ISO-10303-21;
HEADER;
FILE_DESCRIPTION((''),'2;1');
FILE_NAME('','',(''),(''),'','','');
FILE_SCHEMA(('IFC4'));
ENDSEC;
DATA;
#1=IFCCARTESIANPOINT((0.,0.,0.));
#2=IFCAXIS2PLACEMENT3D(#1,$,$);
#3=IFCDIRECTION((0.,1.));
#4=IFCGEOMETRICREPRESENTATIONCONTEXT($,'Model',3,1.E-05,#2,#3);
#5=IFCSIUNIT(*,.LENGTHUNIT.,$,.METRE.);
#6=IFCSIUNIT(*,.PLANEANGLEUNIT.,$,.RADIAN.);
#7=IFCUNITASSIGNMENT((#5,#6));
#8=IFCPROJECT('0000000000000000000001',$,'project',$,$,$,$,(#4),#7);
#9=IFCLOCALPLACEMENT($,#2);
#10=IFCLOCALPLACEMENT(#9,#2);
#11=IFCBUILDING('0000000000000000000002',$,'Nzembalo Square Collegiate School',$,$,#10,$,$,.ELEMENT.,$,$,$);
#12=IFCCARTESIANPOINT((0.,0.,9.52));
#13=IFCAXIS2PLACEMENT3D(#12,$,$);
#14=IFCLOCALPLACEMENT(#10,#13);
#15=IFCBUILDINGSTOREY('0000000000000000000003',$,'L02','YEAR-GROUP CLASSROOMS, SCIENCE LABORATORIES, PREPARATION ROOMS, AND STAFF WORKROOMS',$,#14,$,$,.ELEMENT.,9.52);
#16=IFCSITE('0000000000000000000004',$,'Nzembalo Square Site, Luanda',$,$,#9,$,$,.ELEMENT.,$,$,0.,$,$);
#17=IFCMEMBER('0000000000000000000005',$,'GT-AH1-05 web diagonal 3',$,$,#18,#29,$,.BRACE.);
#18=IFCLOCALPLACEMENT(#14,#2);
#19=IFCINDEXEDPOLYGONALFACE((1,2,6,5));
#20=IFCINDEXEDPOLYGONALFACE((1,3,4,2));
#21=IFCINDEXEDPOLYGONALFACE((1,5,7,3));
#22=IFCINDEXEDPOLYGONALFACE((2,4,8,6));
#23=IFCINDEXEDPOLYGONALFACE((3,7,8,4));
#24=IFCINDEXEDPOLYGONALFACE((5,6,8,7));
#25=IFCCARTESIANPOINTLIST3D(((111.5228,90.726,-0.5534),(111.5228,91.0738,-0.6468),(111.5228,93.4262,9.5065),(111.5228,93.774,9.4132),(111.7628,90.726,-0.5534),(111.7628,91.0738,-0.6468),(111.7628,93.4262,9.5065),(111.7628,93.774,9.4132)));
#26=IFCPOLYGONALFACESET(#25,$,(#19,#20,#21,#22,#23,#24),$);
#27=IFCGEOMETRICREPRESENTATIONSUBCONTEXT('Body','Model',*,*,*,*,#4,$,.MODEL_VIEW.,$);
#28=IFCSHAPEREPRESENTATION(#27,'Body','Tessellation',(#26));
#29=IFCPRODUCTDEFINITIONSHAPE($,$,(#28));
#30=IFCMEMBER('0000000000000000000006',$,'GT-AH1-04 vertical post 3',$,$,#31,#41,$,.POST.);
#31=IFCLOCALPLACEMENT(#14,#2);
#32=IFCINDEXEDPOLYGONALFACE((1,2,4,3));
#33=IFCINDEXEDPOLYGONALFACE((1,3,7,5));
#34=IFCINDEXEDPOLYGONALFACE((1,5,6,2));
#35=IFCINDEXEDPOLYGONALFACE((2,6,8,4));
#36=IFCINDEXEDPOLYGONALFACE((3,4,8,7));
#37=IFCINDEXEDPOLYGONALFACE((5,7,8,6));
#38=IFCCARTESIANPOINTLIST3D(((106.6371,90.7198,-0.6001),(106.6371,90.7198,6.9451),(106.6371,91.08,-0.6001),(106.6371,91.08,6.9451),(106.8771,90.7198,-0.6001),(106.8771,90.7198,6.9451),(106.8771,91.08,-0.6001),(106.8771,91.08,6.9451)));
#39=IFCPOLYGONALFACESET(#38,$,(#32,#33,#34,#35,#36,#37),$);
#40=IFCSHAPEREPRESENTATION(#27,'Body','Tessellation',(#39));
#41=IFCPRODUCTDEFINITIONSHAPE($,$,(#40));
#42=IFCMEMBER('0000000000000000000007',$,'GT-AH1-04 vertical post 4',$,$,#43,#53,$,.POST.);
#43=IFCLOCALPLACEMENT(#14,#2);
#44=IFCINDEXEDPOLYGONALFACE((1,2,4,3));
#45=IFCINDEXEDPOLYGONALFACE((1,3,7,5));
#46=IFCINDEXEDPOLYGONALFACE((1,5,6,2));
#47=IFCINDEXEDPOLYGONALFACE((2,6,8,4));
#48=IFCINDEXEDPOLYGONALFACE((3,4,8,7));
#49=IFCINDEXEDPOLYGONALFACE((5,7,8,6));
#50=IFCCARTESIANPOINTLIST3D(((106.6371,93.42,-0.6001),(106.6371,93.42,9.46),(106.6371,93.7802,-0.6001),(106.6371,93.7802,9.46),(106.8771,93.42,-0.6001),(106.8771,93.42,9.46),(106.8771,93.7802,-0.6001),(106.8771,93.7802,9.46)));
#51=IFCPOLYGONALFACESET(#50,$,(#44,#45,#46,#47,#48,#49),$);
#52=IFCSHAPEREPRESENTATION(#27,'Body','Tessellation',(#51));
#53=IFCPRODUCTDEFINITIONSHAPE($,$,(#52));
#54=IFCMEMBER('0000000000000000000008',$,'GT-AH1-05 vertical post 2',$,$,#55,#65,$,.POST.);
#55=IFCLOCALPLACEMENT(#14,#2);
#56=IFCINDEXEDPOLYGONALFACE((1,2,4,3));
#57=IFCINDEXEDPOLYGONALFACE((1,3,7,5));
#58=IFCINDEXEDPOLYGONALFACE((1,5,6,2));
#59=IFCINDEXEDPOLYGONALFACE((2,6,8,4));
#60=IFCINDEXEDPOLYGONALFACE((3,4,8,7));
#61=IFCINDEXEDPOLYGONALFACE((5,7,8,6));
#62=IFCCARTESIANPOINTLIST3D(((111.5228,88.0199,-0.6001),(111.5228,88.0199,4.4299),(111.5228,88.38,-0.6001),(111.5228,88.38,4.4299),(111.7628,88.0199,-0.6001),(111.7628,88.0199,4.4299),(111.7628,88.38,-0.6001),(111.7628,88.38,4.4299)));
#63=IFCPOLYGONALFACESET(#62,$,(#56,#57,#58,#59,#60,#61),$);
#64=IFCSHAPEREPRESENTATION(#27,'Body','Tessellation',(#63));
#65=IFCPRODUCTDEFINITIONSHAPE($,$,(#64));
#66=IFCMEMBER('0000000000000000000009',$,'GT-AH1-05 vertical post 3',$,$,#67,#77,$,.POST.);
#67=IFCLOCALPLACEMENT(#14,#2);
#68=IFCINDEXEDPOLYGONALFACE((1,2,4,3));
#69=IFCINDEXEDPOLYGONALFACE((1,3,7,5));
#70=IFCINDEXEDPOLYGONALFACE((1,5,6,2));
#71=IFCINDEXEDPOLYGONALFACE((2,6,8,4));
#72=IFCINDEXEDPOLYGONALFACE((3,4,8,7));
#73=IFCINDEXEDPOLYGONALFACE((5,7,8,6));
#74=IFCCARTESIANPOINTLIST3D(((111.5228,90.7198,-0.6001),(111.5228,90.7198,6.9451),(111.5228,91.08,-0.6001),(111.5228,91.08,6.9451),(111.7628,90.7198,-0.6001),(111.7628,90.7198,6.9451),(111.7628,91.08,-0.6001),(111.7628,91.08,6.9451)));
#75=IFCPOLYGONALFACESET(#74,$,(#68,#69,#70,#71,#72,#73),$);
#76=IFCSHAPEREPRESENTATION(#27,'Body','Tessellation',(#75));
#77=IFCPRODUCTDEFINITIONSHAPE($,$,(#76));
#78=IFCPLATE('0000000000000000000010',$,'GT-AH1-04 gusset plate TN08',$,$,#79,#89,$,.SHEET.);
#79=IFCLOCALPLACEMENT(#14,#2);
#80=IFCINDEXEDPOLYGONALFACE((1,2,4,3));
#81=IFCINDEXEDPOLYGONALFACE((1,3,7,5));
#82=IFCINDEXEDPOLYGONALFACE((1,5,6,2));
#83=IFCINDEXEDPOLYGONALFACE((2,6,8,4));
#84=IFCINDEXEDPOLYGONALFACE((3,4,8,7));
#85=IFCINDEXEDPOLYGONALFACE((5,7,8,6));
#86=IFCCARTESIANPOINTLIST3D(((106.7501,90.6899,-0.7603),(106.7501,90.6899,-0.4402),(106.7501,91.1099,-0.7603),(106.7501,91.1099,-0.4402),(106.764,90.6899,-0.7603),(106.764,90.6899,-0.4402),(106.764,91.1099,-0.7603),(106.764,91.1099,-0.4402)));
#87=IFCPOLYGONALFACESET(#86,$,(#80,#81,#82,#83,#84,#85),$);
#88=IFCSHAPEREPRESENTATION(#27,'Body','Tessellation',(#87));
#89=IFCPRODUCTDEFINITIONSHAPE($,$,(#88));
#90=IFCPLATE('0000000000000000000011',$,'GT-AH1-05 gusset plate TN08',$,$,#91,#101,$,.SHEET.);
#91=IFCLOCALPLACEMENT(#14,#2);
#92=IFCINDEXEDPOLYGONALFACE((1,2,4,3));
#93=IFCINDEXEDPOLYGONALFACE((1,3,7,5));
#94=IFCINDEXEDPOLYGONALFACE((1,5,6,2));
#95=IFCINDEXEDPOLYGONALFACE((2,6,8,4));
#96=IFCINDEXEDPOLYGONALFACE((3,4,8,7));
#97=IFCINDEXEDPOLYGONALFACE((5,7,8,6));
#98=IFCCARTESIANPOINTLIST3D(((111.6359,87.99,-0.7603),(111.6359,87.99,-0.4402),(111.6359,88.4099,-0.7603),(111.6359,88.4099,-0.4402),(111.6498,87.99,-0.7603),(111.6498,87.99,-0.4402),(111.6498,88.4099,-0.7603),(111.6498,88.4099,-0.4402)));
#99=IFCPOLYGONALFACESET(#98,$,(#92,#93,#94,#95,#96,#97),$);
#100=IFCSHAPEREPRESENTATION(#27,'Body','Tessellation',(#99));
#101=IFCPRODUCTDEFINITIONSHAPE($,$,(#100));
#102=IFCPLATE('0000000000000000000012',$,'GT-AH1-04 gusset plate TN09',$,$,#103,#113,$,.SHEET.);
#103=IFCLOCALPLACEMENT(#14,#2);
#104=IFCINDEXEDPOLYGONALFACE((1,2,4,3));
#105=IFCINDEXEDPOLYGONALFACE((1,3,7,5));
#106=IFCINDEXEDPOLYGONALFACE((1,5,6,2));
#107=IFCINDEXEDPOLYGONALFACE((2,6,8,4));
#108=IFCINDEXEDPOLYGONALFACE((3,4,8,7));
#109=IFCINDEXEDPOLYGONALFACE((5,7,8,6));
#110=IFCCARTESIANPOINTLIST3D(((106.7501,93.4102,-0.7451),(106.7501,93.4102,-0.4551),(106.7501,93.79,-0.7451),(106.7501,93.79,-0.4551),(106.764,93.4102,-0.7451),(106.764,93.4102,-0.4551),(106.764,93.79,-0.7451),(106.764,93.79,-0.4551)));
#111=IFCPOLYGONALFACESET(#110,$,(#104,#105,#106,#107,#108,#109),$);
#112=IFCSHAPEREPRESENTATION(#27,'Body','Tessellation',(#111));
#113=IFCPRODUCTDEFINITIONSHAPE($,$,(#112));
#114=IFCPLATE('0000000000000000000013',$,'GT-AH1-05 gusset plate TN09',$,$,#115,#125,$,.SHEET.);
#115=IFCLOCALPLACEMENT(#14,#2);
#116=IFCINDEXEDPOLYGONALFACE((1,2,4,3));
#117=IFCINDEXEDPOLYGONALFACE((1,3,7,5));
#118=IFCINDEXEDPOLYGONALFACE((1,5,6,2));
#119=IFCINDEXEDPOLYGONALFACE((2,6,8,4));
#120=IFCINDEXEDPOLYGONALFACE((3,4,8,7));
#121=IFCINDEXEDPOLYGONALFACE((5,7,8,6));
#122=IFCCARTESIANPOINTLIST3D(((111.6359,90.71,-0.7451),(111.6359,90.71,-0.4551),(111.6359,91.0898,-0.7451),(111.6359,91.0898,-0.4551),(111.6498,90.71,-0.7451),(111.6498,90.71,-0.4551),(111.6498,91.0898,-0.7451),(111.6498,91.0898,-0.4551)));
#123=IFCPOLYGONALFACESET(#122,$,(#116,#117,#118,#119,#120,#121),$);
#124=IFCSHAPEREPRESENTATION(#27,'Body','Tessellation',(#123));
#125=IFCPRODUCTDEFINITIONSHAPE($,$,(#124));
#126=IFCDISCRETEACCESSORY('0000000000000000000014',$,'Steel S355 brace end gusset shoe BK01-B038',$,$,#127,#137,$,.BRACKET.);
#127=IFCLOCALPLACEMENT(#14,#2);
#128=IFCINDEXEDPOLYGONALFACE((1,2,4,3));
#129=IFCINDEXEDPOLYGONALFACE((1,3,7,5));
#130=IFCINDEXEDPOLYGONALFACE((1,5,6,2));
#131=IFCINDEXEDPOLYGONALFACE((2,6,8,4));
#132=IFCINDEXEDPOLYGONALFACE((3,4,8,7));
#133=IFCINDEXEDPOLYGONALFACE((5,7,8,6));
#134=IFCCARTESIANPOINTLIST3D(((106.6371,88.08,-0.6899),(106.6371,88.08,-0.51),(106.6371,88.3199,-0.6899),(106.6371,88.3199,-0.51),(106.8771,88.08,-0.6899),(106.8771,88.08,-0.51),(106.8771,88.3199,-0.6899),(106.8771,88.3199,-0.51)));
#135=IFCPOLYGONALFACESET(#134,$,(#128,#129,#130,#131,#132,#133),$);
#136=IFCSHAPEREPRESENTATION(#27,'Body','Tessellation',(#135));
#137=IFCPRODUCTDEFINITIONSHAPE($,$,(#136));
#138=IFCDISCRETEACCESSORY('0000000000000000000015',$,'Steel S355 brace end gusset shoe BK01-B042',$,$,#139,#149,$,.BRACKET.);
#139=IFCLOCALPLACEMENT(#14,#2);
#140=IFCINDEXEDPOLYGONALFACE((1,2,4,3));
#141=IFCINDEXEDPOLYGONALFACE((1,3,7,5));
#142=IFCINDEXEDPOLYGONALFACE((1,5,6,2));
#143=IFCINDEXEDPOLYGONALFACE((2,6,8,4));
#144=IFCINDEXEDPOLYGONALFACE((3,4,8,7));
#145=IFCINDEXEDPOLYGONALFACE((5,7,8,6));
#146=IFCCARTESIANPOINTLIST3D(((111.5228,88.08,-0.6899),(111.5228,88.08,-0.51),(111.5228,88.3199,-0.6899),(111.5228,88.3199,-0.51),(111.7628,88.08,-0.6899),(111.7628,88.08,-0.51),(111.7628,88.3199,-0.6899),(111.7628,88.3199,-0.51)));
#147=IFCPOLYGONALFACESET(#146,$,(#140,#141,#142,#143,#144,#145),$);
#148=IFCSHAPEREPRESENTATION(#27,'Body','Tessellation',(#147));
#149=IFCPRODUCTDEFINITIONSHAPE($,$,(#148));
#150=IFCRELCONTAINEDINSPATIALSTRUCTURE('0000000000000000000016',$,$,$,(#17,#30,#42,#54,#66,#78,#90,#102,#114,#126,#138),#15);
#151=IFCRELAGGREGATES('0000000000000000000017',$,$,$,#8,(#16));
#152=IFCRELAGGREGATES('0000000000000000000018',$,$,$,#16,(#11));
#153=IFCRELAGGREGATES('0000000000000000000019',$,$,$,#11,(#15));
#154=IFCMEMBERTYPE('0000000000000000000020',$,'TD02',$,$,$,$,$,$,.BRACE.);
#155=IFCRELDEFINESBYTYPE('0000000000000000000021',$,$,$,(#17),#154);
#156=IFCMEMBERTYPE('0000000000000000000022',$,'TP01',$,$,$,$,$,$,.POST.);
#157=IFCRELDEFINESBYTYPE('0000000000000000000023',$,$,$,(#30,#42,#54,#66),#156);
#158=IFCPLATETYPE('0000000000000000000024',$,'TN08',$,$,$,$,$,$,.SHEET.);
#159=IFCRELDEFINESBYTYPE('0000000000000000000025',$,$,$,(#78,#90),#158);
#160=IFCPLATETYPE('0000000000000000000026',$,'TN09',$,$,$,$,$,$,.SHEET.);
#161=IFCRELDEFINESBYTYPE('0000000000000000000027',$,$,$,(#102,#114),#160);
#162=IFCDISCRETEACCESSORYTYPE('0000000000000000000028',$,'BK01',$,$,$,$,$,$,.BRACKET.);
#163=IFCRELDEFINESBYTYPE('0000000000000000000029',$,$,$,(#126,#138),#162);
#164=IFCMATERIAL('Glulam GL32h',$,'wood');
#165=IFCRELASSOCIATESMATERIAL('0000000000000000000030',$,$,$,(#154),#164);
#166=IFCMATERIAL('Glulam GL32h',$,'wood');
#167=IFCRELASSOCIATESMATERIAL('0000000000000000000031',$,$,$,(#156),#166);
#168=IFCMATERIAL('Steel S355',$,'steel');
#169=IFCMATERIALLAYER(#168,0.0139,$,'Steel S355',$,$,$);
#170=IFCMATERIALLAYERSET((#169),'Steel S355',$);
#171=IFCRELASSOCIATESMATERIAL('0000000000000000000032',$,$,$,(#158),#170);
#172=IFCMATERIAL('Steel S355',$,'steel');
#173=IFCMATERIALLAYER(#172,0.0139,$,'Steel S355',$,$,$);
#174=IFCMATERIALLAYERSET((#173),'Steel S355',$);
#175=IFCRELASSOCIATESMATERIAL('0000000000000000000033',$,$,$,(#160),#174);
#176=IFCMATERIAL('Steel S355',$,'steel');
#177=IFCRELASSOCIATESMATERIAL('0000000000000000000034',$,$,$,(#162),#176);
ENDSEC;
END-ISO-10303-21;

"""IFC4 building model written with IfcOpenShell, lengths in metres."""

from ifc_helpers import new_model, si_unit, direction, frame, origin, origin_2d, place, context, subcontext, project, spatial, rectangle, extrude, material, layer, layer_set, material_profile, profile_set, type_object, element, save


model = new_model("IFC4")

# Units and contexts
model_context = context("Model", 3, precision=1e-05, world=origin(), true_north=direction((0.0, 1.0)))
body_context = subcontext(model_context, "Body", "Model", "MODEL_VIEW")
ifc_project = project(units=[si_unit("LENGTHUNIT", "METRE"), si_unit("PLANEANGLEUNIT", "RADIAN")], contexts=[model_context])

# Site, building, storey
site_placement = place(None, origin())
site = spatial("IfcSite", under=ifc_project, at=site_placement, Name="Nzembalo Square Site, Luanda", CompositionType="ELEMENT", RefElevation=0.0)
building_placement = place(site_placement, origin())
building = spatial("IfcBuilding", under=site, at=building_placement, Name="Nzembalo Square Collegiate School", CompositionType="ELEMENT")
storey_placement = place(building_placement, frame((0.0, 0.0, 9.52)))
storey = spatial("IfcBuildingStorey", under=building, at=storey_placement, Name="L02", Description="YEAR-GROUP CLASSROOMS, SCIENCE LABORATORIES, PREPARATION ROOMS, AND STAFF WORKROOMS", CompositionType="ELEMENT", Elevation=9.52)

# Members
ifc_material_1 = material(Name="Glulam GL32h", Category="wood")
ifc_material_profile_1 = material_profile(ifc_material_1, rectangle(XDim=0.24, YDim=0.3601, at=origin_2d()), Name="GL32h 240x360")
ifc_profile_set_1 = profile_set([ifc_material_profile_1], Name="Glulam GL32h")
member_type_1 = type_object("IfcMemberType", Name="TD02", PredefinedType="BRACE", material=ifc_profile_set_1)
member_1_placement = place(storey_placement, frame((111.6428, 90.8999, -0.6001), z_axis=(0.0, 0.259232, 0.965815), x_axis=(-1.0, 0.0, 0.0)))
element("IfcMember", 1, at=member_1_placement, inside=storey, type_object=member_type_1, Name="GT-AH1-05 web diagonal 3", PredefinedType="BRACE", context=body_context, shape_type="SweptSolid", body=[
    extrude(rectangle(XDim=0.24, YDim=0.3601, at=origin_2d()), origin(), (0.0, 0.0, 1.0), 10.416),
])
ifc_material_2 = material(Name="Glulam GL32h", Category="wood")
ifc_material_profile_2 = material_profile(ifc_material_2, rectangle(XDim=0.24, YDim=0.3601, at=origin_2d()), Name="GL32h 240x360")
ifc_profile_set_2 = profile_set([ifc_material_profile_2], Name="Glulam GL32h")
member_type_2 = type_object("IfcMemberType", Name="TP01", PredefinedType="POST", material=ifc_profile_set_2)
member_2_placement = place(storey_placement, frame((106.7571, 90.8999, -0.6001), z_axis=(0.0, 0.0, 1.0), x_axis=(1.0, 0.0, 0.0)))
element("IfcMember", 2, at=member_2_placement, inside=storey, type_object=member_type_2, Name="GT-AH1-04 vertical post 3", PredefinedType="POST", context=body_context, shape_type="SweptSolid", body=[
    extrude(rectangle(XDim=0.24, YDim=0.3601, at=origin_2d()), origin(), (0.0, 0.0, 1.0), 7.5452),
])
member_3_placement = place(storey_placement, frame((106.7571, 93.6001, -0.6001), z_axis=(0.0, 0.0, 1.0), x_axis=(1.0, 0.0, 0.0)))
element("IfcMember", 3, at=member_3_placement, inside=storey, type_object=member_type_2, Name="GT-AH1-04 vertical post 4", PredefinedType="POST", context=body_context, shape_type="SweptSolid", body=[
    extrude(rectangle(XDim=0.24, YDim=0.3601, at=origin_2d()), origin(), (0.0, 0.0, 1.0), 10.0601),
])
member_4_placement = place(storey_placement, frame((111.6428, 88.2, -0.6001), z_axis=(0.0, 0.0, 1.0), x_axis=(1.0, 0.0, 0.0)))
element("IfcMember", 4, at=member_4_placement, inside=storey, type_object=member_type_2, Name="GT-AH1-05 vertical post 2", PredefinedType="POST", context=body_context, shape_type="SweptSolid", body=[
    extrude(rectangle(XDim=0.24, YDim=0.3601, at=origin_2d()), origin(), (0.0, 0.0, 1.0), 5.03),
])
member_5_placement = place(storey_placement, frame((111.6428, 90.8999, -0.6001), z_axis=(0.0, 0.0, 1.0), x_axis=(1.0, 0.0, 0.0)))
element("IfcMember", 5, at=member_5_placement, inside=storey, type_object=member_type_2, Name="GT-AH1-05 vertical post 3", PredefinedType="POST", context=body_context, shape_type="SweptSolid", body=[
    extrude(rectangle(XDim=0.24, YDim=0.3601, at=origin_2d()), origin(), (0.0, 0.0, 1.0), 7.5452),
])

# Plates
ifc_material_3 = material(Name="Steel S355", Category="steel")
ifc_layer_1 = layer(ifc_material_3, 0.0139, Name="Steel S355")
ifc_layer_set_1 = layer_set([ifc_layer_1], Name="Steel S355")
plate_type_1 = type_object("IfcPlateType", Name="TN08", PredefinedType="SHEET", material=ifc_layer_set_1)
for number, where, z_axis, x_axis, name in (
    (6, (106.7571, 90.8999, -0.7603), (0.0, 0.0, 1.0), (0.0, 1.0, 0.0), "GT-AH1-04 gusset plate TN08"),
    (7, (111.6428, 88.2, -0.7603), (0.0, 0.0, 1.0), (0.0, 1.0, 0.0), "GT-AH1-05 gusset plate TN08"),
):
    element("IfcPlate", number, at=place(storey_placement, frame(where, z_axis=z_axis, x_axis=x_axis)), inside=storey, type_object=plate_type_1, Name=name, PredefinedType="SHEET", context=body_context, shape_type="SweptSolid", body=[
        extrude(rectangle(XDim=0.4199, YDim=0.0139, at=origin_2d()), origin(), (0.0, 0.0, 1.0), 0.3201),
    ])
ifc_material_4 = material(Name="Steel S355", Category="steel")
ifc_layer_2 = layer(ifc_material_4, 0.0139, Name="Steel S355")
ifc_layer_set_2 = layer_set([ifc_layer_2], Name="Steel S355")
plate_type_2 = type_object("IfcPlateType", Name="TN09", PredefinedType="SHEET", material=ifc_layer_set_2)
for number, where, z_axis, x_axis, name in (
    (8, (106.7571, 93.6001, -0.7451), (0.0, 0.0, 1.0), (0.0, 1.0, 0.0), "GT-AH1-04 gusset plate TN09"),
    (9, (111.6428, 90.8999, -0.7451), (0.0, 0.0, 1.0), (0.0, 1.0, 0.0), "GT-AH1-05 gusset plate TN09"),
):
    element("IfcPlate", number, at=place(storey_placement, frame(where, z_axis=z_axis, x_axis=x_axis)), inside=storey, type_object=plate_type_2, Name=name, PredefinedType="SHEET", context=body_context, shape_type="SweptSolid", body=[
        extrude(rectangle(XDim=0.3799, YDim=0.0139, at=origin_2d()), origin(), (0.0, 0.0, 1.0), 0.29),
    ])

# Discrete accessories
ifc_material_5 = material(Name="Steel S355", Category="steel")
discrete_accessory_type = type_object("IfcDiscreteAccessoryType", Name="BK01", PredefinedType="BRACKET", material=ifc_material_5)
for number, where, z_axis, x_axis, name in (
    (10, (106.7571, 88.2, -0.6899), (0.0, 0.0, 1.0), (1.0, 0.0, 0.0), "Steel S355 brace end gusset shoe BK01-B038"),
    (11, (111.6428, 88.2, -0.6899), (0.0, 0.0, 1.0), (1.0, 0.0, 0.0), "Steel S355 brace end gusset shoe BK01-B042"),
):
    element("IfcDiscreteAccessory", number, at=place(storey_placement, frame(where, z_axis=z_axis, x_axis=x_axis)), inside=storey, type_object=discrete_accessory_type, Name=name, PredefinedType="BRACKET", context=body_context, shape_type="SweptSolid", body=[
        extrude(rectangle(XDim=0.24, YDim=0.24, at=origin_2d()), origin(), (0.0, 0.0, 1.0), 0.1799),
    ])

save(model, "model.ifc")
